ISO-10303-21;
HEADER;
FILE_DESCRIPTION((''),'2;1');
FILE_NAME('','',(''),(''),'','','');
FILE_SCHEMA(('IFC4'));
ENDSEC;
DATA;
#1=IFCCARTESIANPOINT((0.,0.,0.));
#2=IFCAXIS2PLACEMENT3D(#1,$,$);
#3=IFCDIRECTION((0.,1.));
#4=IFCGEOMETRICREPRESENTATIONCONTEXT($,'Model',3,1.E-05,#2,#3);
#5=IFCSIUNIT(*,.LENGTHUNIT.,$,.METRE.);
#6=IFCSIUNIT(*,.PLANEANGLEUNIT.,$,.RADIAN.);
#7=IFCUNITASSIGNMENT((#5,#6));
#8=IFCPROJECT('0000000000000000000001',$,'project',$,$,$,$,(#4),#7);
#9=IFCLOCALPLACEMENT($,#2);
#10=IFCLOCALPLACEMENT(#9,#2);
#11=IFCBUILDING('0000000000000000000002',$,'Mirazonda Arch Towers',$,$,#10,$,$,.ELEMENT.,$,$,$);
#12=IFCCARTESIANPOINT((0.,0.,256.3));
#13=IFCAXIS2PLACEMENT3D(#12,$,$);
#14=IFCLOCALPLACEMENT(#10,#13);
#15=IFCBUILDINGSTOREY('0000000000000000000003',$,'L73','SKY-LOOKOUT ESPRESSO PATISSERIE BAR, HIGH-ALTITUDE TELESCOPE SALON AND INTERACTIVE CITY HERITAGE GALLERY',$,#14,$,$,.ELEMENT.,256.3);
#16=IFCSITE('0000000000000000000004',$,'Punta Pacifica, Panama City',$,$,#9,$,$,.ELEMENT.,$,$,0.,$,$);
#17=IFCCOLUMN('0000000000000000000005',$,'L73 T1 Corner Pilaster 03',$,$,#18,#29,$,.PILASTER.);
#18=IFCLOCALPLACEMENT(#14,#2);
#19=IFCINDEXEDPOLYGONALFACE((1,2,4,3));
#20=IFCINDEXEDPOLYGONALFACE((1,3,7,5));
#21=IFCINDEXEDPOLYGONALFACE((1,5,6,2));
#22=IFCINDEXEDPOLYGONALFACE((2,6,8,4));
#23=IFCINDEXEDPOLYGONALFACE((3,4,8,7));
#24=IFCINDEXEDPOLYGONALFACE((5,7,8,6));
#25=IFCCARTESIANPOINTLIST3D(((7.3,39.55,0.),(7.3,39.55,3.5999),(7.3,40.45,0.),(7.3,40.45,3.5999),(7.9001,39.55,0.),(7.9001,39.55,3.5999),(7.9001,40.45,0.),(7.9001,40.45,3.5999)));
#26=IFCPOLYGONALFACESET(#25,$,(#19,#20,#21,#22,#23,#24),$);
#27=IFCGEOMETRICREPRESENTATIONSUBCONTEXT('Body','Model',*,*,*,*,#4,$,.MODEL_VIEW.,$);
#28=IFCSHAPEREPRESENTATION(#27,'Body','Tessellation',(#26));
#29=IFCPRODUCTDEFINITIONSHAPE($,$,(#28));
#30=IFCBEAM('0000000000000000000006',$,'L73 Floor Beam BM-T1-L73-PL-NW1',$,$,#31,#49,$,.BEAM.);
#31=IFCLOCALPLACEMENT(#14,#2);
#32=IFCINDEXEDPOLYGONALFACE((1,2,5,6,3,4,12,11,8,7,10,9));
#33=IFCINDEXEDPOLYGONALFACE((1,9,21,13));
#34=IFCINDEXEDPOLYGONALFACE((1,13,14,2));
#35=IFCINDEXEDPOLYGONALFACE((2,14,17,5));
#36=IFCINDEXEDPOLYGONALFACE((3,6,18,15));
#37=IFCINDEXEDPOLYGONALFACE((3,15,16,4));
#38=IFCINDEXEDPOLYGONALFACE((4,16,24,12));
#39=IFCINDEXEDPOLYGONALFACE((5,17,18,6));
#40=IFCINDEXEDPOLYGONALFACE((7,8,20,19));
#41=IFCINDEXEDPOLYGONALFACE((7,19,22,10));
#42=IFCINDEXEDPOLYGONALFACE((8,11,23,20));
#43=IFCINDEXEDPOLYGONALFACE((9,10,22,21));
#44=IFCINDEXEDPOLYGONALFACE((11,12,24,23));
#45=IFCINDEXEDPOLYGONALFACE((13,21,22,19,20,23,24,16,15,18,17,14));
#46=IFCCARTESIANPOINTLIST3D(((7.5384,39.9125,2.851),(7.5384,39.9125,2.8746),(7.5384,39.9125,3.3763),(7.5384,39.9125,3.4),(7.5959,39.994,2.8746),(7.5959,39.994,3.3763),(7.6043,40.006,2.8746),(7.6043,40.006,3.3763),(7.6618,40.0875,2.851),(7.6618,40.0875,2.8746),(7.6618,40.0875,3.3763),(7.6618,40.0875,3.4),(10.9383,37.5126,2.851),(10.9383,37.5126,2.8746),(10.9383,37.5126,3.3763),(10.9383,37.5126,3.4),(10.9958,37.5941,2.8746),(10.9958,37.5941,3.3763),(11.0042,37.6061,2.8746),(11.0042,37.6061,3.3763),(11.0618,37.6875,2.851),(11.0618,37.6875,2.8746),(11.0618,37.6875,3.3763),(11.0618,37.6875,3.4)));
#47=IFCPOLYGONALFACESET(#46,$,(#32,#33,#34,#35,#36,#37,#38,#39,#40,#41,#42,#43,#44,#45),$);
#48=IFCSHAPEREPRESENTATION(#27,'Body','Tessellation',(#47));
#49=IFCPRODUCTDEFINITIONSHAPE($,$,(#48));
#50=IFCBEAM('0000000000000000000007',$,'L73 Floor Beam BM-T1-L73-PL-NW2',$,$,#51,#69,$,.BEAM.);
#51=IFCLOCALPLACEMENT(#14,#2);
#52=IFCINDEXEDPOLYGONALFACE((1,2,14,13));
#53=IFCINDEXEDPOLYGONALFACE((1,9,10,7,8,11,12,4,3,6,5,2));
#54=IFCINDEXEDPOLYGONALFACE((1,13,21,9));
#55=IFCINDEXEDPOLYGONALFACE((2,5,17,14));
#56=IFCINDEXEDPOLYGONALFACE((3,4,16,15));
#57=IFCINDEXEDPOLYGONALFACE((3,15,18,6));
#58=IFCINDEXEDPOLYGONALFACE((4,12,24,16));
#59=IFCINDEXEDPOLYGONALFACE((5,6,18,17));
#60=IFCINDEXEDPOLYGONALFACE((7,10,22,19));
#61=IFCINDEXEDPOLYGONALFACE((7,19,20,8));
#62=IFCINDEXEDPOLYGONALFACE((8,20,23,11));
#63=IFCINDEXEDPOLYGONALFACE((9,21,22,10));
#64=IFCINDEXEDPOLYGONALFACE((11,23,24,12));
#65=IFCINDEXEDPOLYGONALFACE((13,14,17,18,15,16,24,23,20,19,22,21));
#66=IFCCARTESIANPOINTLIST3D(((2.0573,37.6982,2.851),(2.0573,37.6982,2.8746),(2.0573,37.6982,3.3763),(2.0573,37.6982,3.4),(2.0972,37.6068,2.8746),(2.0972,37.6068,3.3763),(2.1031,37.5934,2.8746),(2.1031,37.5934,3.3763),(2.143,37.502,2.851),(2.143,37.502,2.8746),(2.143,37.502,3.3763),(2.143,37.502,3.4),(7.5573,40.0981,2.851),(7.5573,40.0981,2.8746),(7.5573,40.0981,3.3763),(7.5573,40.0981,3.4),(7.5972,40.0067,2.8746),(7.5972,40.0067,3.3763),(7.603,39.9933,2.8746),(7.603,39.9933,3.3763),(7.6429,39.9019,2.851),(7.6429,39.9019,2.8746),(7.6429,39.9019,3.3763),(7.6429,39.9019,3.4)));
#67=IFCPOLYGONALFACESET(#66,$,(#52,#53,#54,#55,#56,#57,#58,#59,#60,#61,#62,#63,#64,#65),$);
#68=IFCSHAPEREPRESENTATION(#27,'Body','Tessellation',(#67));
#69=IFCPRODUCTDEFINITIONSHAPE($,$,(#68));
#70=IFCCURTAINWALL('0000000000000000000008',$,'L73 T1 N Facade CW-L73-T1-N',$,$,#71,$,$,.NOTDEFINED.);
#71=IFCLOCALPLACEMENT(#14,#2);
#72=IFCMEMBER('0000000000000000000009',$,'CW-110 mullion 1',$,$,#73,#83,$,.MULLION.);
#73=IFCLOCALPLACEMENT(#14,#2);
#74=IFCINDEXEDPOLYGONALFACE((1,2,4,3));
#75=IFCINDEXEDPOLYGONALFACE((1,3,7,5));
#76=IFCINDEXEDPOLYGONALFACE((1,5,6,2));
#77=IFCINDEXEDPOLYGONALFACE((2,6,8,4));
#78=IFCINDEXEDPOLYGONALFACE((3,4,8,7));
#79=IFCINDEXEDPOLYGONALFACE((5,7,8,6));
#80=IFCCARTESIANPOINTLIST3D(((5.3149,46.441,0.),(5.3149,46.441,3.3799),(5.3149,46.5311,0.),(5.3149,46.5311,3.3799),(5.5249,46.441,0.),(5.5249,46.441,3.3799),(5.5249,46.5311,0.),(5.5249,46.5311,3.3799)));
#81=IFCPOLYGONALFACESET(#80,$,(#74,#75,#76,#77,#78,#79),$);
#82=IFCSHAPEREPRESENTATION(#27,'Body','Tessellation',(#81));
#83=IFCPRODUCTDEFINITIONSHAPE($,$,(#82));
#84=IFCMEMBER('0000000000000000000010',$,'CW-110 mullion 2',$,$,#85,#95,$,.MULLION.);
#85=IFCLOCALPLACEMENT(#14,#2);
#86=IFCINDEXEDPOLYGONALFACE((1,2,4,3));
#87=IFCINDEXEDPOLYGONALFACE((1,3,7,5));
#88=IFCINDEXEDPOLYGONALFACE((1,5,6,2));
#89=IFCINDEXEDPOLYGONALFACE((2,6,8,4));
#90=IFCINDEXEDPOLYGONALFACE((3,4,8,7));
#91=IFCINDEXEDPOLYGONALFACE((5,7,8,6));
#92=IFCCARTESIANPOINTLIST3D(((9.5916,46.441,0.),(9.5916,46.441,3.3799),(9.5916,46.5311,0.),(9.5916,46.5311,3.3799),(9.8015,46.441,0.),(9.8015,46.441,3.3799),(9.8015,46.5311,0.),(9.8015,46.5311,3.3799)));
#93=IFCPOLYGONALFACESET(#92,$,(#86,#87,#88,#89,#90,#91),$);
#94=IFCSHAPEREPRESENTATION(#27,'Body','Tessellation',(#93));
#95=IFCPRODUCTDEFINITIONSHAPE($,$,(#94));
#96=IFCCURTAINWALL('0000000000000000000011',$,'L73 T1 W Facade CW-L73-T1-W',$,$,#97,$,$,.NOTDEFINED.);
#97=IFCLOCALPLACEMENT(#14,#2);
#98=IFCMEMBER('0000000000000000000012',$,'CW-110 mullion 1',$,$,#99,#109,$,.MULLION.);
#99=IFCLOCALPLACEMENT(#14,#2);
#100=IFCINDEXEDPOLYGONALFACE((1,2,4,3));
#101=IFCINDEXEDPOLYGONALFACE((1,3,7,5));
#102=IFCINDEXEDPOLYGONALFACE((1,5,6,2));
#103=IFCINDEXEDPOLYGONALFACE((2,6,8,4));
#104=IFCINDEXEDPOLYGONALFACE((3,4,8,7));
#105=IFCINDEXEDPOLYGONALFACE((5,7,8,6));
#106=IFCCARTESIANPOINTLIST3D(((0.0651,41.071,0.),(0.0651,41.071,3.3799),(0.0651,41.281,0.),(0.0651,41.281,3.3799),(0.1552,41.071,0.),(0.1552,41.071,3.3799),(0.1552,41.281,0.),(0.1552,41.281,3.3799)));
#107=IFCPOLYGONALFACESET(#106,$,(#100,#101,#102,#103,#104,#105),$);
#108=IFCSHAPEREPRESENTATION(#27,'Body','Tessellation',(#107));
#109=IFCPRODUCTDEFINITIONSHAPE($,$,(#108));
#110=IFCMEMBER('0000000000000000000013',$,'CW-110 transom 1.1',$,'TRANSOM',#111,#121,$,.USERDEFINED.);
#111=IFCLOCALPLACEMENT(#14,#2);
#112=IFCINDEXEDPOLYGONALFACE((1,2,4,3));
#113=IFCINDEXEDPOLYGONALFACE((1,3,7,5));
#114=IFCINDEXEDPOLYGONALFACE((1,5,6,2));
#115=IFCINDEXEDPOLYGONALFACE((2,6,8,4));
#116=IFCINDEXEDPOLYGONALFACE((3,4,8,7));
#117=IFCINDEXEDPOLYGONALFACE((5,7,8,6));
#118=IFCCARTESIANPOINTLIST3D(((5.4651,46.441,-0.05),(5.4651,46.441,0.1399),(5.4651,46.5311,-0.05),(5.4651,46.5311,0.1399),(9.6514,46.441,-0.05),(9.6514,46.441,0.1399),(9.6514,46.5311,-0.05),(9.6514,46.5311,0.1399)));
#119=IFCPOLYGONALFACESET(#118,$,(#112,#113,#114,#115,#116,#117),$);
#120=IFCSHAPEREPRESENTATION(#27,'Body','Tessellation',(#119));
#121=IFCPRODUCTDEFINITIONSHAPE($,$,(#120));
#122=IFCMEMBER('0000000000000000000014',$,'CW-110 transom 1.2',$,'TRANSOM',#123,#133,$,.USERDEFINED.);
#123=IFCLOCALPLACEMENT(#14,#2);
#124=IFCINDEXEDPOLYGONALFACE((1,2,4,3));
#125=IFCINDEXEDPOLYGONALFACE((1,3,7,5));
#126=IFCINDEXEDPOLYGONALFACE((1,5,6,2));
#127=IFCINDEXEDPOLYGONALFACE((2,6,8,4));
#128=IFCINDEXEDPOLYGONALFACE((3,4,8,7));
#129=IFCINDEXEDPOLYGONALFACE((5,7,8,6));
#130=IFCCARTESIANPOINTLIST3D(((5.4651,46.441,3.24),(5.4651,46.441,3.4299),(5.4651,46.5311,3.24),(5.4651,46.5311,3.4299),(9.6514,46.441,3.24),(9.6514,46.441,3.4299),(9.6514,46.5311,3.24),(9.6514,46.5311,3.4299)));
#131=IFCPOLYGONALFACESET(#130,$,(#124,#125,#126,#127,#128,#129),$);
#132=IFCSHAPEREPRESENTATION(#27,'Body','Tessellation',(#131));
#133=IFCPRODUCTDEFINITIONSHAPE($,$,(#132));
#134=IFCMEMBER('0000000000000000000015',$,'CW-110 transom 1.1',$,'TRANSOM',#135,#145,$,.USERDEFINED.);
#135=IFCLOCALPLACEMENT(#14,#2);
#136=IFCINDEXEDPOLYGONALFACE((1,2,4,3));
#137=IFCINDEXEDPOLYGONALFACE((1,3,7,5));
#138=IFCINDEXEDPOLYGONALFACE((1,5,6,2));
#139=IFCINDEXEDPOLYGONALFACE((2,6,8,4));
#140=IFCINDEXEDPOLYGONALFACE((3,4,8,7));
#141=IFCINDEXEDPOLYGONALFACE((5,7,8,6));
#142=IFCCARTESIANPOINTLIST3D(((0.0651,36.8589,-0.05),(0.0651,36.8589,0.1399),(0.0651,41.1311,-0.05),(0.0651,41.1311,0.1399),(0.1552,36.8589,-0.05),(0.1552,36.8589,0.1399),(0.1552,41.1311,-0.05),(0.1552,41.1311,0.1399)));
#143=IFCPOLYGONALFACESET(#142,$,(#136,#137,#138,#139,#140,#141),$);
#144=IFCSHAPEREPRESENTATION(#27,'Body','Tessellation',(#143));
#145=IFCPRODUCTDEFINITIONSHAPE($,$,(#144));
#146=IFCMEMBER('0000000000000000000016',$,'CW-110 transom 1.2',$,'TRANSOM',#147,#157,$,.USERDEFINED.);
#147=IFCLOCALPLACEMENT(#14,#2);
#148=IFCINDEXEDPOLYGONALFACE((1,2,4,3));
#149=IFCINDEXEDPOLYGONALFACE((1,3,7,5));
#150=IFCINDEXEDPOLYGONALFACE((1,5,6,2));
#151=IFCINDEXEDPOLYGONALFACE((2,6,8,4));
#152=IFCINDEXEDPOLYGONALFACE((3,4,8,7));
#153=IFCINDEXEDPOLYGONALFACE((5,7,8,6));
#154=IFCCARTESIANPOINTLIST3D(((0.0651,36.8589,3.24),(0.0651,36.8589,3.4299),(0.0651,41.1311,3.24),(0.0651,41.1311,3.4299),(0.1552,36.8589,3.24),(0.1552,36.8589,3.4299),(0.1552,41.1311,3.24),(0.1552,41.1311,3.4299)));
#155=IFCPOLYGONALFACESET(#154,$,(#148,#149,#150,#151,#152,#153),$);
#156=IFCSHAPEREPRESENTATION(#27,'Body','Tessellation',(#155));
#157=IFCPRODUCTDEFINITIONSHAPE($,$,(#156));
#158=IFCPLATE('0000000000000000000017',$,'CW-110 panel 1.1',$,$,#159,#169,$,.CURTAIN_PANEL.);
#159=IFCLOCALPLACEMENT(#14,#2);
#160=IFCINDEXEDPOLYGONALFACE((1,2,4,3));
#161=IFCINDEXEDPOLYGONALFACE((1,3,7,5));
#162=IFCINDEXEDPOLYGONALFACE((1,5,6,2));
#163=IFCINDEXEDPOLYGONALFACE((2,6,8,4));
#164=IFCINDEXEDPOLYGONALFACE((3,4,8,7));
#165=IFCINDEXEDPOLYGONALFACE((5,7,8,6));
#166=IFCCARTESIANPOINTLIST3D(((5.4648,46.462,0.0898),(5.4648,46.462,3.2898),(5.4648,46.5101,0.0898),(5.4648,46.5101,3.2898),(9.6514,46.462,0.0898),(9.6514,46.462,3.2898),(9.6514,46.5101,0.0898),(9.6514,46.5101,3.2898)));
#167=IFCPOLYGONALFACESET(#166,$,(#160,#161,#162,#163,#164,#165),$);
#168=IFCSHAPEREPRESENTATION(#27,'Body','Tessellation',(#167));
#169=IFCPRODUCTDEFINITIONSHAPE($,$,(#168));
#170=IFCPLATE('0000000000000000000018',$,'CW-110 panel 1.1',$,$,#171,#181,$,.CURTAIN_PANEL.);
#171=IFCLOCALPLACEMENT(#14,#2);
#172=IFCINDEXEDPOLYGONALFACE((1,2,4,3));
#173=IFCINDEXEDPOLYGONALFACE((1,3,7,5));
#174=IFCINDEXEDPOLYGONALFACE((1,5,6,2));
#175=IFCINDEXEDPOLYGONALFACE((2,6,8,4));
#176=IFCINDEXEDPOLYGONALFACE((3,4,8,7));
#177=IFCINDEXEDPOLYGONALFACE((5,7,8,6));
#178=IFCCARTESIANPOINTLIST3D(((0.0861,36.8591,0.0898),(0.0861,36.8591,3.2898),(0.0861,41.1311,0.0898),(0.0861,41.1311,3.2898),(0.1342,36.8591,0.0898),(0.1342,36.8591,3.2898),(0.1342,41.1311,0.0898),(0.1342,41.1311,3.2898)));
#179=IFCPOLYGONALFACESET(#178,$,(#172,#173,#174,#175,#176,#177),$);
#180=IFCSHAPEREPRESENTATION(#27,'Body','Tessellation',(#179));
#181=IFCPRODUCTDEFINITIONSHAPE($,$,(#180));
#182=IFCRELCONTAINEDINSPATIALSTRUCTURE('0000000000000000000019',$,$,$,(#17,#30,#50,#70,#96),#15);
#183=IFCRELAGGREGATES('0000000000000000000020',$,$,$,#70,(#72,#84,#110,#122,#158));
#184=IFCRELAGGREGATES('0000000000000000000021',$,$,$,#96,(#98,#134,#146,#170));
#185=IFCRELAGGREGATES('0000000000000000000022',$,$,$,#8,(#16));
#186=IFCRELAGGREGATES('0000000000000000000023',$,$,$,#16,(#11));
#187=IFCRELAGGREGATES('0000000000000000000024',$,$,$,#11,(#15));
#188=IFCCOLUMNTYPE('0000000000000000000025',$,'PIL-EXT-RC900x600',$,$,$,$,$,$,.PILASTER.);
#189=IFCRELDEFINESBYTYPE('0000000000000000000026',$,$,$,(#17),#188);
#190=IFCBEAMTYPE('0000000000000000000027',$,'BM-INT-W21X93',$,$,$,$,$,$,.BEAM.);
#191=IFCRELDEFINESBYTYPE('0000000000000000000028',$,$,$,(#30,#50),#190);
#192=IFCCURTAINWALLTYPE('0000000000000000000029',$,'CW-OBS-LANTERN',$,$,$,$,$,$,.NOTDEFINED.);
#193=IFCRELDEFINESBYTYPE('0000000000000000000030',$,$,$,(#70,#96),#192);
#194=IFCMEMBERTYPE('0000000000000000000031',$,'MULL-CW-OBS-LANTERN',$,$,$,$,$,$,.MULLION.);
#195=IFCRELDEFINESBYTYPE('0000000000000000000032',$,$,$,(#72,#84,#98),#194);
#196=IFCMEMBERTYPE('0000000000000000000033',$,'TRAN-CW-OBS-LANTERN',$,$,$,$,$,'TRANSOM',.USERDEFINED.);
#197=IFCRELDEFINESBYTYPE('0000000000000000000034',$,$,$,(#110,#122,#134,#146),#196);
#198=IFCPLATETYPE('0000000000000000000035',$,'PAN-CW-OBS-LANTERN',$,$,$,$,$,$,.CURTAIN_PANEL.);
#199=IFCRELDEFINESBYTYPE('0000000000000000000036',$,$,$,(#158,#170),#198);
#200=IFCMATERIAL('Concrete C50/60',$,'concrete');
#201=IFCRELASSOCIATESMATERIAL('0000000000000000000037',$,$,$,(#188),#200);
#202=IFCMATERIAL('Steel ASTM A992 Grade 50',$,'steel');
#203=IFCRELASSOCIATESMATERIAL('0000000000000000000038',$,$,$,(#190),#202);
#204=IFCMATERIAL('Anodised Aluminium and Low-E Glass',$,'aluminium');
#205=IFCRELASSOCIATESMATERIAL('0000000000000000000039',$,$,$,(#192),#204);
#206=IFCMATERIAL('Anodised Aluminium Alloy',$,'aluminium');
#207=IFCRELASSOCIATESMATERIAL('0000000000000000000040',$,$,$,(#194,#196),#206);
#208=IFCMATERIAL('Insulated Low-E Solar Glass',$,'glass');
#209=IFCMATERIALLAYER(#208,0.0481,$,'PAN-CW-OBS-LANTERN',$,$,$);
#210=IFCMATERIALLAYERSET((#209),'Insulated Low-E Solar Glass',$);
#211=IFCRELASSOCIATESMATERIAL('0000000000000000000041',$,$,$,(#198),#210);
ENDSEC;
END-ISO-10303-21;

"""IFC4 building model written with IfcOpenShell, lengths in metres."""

from ifc_helpers import new_model, si_unit, direction, frame, origin, origin_2d, place, context, subcontext, project, spatial, rectangle, i_section, extrude, material, layer, layer_set, material_profile, profile_set, type_object, element, aggregate, save


model = new_model("IFC4")

# Units and contexts
model_context = context("Model", 3, precision=1e-05, world=origin(), true_north=direction((0.0, 1.0)))
body_context = subcontext(model_context, "Body", "Model", "MODEL_VIEW")
ifc_project = project(units=[si_unit("LENGTHUNIT", "METRE"), si_unit("PLANEANGLEUNIT", "RADIAN")], contexts=[model_context])

# Site, building, storey
site_placement = place(None, origin())
site = spatial("IfcSite", under=ifc_project, at=site_placement, Name="Punta Pacifica, Panama City", CompositionType="ELEMENT", RefElevation=0.0)
building_placement = place(site_placement, origin())
building = spatial("IfcBuilding", under=site, at=building_placement, Name="Mirazonda Arch Towers", CompositionType="ELEMENT")
storey_placement = place(building_placement, frame((0.0, 0.0, 256.3)))
storey = spatial("IfcBuildingStorey", under=building, at=storey_placement, Name="L73", Description="SKY-LOOKOUT ESPRESSO PATISSERIE BAR, HIGH-ALTITUDE TELESCOPE SALON AND INTERACTIVE CITY HERITAGE GALLERY", CompositionType="ELEMENT", Elevation=256.3)

# Column
ifc_material_1 = material(Name="Concrete C50/60", Category="concrete")
ifc_material_profile_1 = material_profile(ifc_material_1, rectangle(XDim=0.6001, YDim=0.8999, at=origin_2d()), Name="RC900x600")
ifc_profile_set_1 = profile_set([ifc_material_profile_1], Name="Concrete C50/60")
column_type = type_object("IfcColumnType", Name="PIL-EXT-RC900x600", PredefinedType="PILASTER", material=ifc_profile_set_1)
column_placement = place(storey_placement, frame((7.6001, 40.0, 0.0), z_axis=(0.0, 0.0, 1.0), x_axis=(1.0, 0.0, 0.0)))
element("IfcColumn", 1, at=column_placement, inside=storey, type_object=column_type, Name="L73 T1 Corner Pilaster 03", PredefinedType="PILASTER", context=body_context, shape_type="SweptSolid", body=[
    extrude(rectangle(XDim=0.6001, YDim=0.8999, at=origin_2d()), origin(), (0.0, 0.0, 1.0), 3.5999),
])

# Beams
ifc_material_2 = material(Name="Steel ASTM A992 Grade 50", Category="steel")
ifc_material_profile_2 = material_profile(ifc_material_2, i_section(OverallWidth=0.2141, OverallDepth=0.5491, WebThickness=0.0146, FlangeThickness=0.0237, at=origin_2d()), Name="W21X93")
ifc_profile_set_2 = profile_set([ifc_material_profile_2], Name="Steel ASTM A992 Grade 50")
beam_type = type_object("IfcBeamType", Name="BM-INT-W21X93", PredefinedType="BEAM", material=ifc_profile_set_2)
beam_1_placement = place(storey_placement, frame((7.6001, 40.0, 3.1255), z_axis=(0.816971, -0.576679, 0.0), x_axis=(0.576679, 0.816971, 0.0)))
element("IfcBeam", 2, at=beam_1_placement, inside=storey, type_object=beam_type, Name="L73 Floor Beam BM-T1-L73-PL-NW1", PredefinedType="BEAM", context=body_context, shape_type="SweptSolid", body=[
    extrude(i_section(OverallWidth=0.2141, OverallDepth=0.5491, WebThickness=0.0146, FlangeThickness=0.0237, at=origin_2d()), origin(), (0.0, 0.0, 1.0), 4.1616),
])
beam_2_placement = place(storey_placement, frame((7.6001, 40.0, 3.1255), z_axis=(-0.916545, -0.399931, 0.0), x_axis=(0.399931, -0.916545, 0.0)))
element("IfcBeam", 3, at=beam_2_placement, inside=storey, type_object=beam_type, Name="L73 Floor Beam BM-T1-L73-PL-NW2", PredefinedType="BEAM", context=body_context, shape_type="SweptSolid", body=[
    extrude(i_section(OverallWidth=0.2141, OverallDepth=0.5491, WebThickness=0.0146, FlangeThickness=0.0237, at=origin_2d()), origin(), (0.0, 0.0, 1.0), 6.0007),
])

# Curtain wall, members
ifc_material_3 = material(Name="Anodised Aluminium and Low-E Glass", Category="aluminium")
curtain_wall_type = type_object("IfcCurtainWallType", Name="CW-OBS-LANTERN", PredefinedType="NOTDEFINED", material=ifc_material_3)
curtain_wall_1_placement = place(storey_placement, origin())
curtain_wall_1 = element("IfcCurtainWall", 4, at=curtain_wall_1_placement, inside=storey, type_object=curtain_wall_type, Name="L73 T1 N Facade CW-L73-T1-N", PredefinedType="NOTDEFINED")
ifc_material_4 = material(Name="Anodised Aluminium Alloy", Category="aluminium")
ifc_material_profile_3 = material_profile(ifc_material_4, rectangle(XDim=0.0901, YDim=0.21, at=origin_2d()), Name="ALU-MULL-90x210")
ifc_profile_set_3 = profile_set([ifc_material_profile_3], Name="Anodised Aluminium Alloy")
member_type_1 = type_object("IfcMemberType", Name="MULL-CW-OBS-LANTERN", PredefinedType="MULLION", material=ifc_profile_set_3)
member_1_placement = place(storey_placement, frame((5.4199, 46.4861, 0.0), z_axis=(0.0, 0.0, 1.0), x_axis=(0.0, 1.0, 0.0)))
member_1 = element("IfcMember", 5, at=member_1_placement, type_object=member_type_1, Name="CW-110 mullion 1", PredefinedType="MULLION", context=body_context, shape_type="SweptSolid", body=[
    extrude(rectangle(XDim=0.0901, YDim=0.21, at=origin_2d()), origin(), (0.0, 0.0, 1.0), 3.3799),
])
member_2_placement = place(storey_placement, frame((9.6965, 46.4861, 0.0), z_axis=(0.0, 0.0, 1.0), x_axis=(0.0, 1.0, 0.0)))
member_2 = element("IfcMember", 6, at=member_2_placement, type_object=member_type_1, Name="CW-110 mullion 2", PredefinedType="MULLION", context=body_context, shape_type="SweptSolid", body=[
    extrude(rectangle(XDim=0.0901, YDim=0.21, at=origin_2d()), origin(), (0.0, 0.0, 1.0), 3.3799),
])

# Curtain wall, member
curtain_wall_2_placement = place(storey_placement, origin())
curtain_wall_2 = element("IfcCurtainWall", 7, at=curtain_wall_2_placement, inside=storey, type_object=curtain_wall_type, Name="L73 T1 W Facade CW-L73-T1-W", PredefinedType="NOTDEFINED")
member_3_placement = place(storey_placement, frame((0.1101, 41.176, 0.0), z_axis=(0.0, 0.0, 1.0), x_axis=(1.0, 0.0, 0.0)))
member_3 = element("IfcMember", 8, at=member_3_placement, type_object=member_type_1, Name="CW-110 mullion 1", PredefinedType="MULLION", context=body_context, shape_type="SweptSolid", body=[
    extrude(rectangle(XDim=0.0901, YDim=0.21, at=origin_2d()), origin(), (0.0, 0.0, 1.0), 3.3799),
])

# Members
ifc_material_profile_4 = material_profile(ifc_material_4, rectangle(XDim=0.0901, YDim=0.1899, at=origin_2d()), Name="ALU-TRAN-90x190")
ifc_profile_set_4 = profile_set([ifc_material_profile_4], Name="Anodised Aluminium Alloy")
member_type_2 = type_object("IfcMemberType", Name="TRAN-CW-OBS-LANTERN", ElementType="TRANSOM", PredefinedType="USERDEFINED", material=ifc_profile_set_4)
member_4_placement = place(storey_placement, frame((5.4651, 46.4861, 0.0449), z_axis=(1.0, 0.0, 0.0), x_axis=(0.0, 1.0, 0.0)))
member_4 = element("IfcMember", 9, at=member_4_placement, type_object=member_type_2, Name="CW-110 transom 1.1", ObjectType="TRANSOM", PredefinedType="USERDEFINED", context=body_context, shape_type="SweptSolid", body=[
    extrude(rectangle(XDim=0.0901, YDim=0.1899, at=origin_2d()), origin(), (0.0, 0.0, 1.0), 4.1863),
])
member_5_placement = place(storey_placement, frame((5.4651, 46.4861, 3.335), z_axis=(1.0, 0.0, 0.0), x_axis=(0.0, 1.0, 0.0)))
member_5 = element("IfcMember", 10, at=member_5_placement, type_object=member_type_2, Name="CW-110 transom 1.2", ObjectType="TRANSOM", PredefinedType="USERDEFINED", context=body_context, shape_type="SweptSolid", body=[
    extrude(rectangle(XDim=0.0901, YDim=0.1899, at=origin_2d()), origin(), (0.0, 0.0, 1.0), 4.1863),
])
member_6_placement = place(storey_placement, frame((0.1101, 41.1311, 0.0449), z_axis=(0.0, -1.0, 0.0), x_axis=(1.0, 0.0, 0.0)))
member_6 = element("IfcMember", 11, at=member_6_placement, type_object=member_type_2, Name="CW-110 transom 1.1", ObjectType="TRANSOM", PredefinedType="USERDEFINED", context=body_context, shape_type="SweptSolid", body=[
    extrude(rectangle(XDim=0.0901, YDim=0.1899, at=origin_2d()), origin(), (0.0, 0.0, 1.0), 4.2722),
])
member_7_placement = place(storey_placement, frame((0.1101, 41.1311, 3.335), z_axis=(0.0, -1.0, 0.0), x_axis=(1.0, 0.0, 0.0)))
member_7 = element("IfcMember", 12, at=member_7_placement, type_object=member_type_2, Name="CW-110 transom 1.2", ObjectType="TRANSOM", PredefinedType="USERDEFINED", context=body_context, shape_type="SweptSolid", body=[
    extrude(rectangle(XDim=0.0901, YDim=0.1899, at=origin_2d()), origin(), (0.0, 0.0, 1.0), 4.2722),
])

# Plates
ifc_material_5 = material(Name="Insulated Low-E Solar Glass", Category="glass")
ifc_layer_1 = layer(ifc_material_5, 0.0481, Name="PAN-CW-OBS-LANTERN")
ifc_layer_set_1 = layer_set([ifc_layer_1], Name="Insulated Low-E Solar Glass")
plate_type = type_object("IfcPlateType", Name="PAN-CW-OBS-LANTERN", PredefinedType="CURTAIN_PANEL", material=ifc_layer_set_1)
plate_1_placement = place(storey_placement, frame((7.5581, 46.4861, 0.0898), z_axis=(0.0, 0.0, 1.0), x_axis=(1.0, 0.0, 0.0)))
plate_1 = element("IfcPlate", 13, at=plate_1_placement, type_object=plate_type, Name="CW-110 panel 1.1", PredefinedType="CURTAIN_PANEL", context=body_context, shape_type="SweptSolid", body=[
    extrude(rectangle(XDim=4.1865, YDim=0.0481, at=origin_2d()), origin(), (0.0, 0.0, 1.0), 3.2),
])
aggregate(curtain_wall_1, [member_1, member_2, member_4, member_5, plate_1])
plate_2_placement = place(storey_placement, frame((0.1101, 38.9951, 0.0898), z_axis=(0.0, 0.0, 1.0), x_axis=(0.0, -1.0, 0.0)))
plate_2 = element("IfcPlate", 14, at=plate_2_placement, type_object=plate_type, Name="CW-110 panel 1.1", PredefinedType="CURTAIN_PANEL", context=body_context, shape_type="SweptSolid", body=[
    extrude(rectangle(XDim=4.272, YDim=0.0481, at=origin_2d()), origin(), (0.0, 0.0, 1.0), 3.2),
])
aggregate(curtain_wall_2, [member_3, member_6, member_7, plate_2])

save(model, "model.ifc")
